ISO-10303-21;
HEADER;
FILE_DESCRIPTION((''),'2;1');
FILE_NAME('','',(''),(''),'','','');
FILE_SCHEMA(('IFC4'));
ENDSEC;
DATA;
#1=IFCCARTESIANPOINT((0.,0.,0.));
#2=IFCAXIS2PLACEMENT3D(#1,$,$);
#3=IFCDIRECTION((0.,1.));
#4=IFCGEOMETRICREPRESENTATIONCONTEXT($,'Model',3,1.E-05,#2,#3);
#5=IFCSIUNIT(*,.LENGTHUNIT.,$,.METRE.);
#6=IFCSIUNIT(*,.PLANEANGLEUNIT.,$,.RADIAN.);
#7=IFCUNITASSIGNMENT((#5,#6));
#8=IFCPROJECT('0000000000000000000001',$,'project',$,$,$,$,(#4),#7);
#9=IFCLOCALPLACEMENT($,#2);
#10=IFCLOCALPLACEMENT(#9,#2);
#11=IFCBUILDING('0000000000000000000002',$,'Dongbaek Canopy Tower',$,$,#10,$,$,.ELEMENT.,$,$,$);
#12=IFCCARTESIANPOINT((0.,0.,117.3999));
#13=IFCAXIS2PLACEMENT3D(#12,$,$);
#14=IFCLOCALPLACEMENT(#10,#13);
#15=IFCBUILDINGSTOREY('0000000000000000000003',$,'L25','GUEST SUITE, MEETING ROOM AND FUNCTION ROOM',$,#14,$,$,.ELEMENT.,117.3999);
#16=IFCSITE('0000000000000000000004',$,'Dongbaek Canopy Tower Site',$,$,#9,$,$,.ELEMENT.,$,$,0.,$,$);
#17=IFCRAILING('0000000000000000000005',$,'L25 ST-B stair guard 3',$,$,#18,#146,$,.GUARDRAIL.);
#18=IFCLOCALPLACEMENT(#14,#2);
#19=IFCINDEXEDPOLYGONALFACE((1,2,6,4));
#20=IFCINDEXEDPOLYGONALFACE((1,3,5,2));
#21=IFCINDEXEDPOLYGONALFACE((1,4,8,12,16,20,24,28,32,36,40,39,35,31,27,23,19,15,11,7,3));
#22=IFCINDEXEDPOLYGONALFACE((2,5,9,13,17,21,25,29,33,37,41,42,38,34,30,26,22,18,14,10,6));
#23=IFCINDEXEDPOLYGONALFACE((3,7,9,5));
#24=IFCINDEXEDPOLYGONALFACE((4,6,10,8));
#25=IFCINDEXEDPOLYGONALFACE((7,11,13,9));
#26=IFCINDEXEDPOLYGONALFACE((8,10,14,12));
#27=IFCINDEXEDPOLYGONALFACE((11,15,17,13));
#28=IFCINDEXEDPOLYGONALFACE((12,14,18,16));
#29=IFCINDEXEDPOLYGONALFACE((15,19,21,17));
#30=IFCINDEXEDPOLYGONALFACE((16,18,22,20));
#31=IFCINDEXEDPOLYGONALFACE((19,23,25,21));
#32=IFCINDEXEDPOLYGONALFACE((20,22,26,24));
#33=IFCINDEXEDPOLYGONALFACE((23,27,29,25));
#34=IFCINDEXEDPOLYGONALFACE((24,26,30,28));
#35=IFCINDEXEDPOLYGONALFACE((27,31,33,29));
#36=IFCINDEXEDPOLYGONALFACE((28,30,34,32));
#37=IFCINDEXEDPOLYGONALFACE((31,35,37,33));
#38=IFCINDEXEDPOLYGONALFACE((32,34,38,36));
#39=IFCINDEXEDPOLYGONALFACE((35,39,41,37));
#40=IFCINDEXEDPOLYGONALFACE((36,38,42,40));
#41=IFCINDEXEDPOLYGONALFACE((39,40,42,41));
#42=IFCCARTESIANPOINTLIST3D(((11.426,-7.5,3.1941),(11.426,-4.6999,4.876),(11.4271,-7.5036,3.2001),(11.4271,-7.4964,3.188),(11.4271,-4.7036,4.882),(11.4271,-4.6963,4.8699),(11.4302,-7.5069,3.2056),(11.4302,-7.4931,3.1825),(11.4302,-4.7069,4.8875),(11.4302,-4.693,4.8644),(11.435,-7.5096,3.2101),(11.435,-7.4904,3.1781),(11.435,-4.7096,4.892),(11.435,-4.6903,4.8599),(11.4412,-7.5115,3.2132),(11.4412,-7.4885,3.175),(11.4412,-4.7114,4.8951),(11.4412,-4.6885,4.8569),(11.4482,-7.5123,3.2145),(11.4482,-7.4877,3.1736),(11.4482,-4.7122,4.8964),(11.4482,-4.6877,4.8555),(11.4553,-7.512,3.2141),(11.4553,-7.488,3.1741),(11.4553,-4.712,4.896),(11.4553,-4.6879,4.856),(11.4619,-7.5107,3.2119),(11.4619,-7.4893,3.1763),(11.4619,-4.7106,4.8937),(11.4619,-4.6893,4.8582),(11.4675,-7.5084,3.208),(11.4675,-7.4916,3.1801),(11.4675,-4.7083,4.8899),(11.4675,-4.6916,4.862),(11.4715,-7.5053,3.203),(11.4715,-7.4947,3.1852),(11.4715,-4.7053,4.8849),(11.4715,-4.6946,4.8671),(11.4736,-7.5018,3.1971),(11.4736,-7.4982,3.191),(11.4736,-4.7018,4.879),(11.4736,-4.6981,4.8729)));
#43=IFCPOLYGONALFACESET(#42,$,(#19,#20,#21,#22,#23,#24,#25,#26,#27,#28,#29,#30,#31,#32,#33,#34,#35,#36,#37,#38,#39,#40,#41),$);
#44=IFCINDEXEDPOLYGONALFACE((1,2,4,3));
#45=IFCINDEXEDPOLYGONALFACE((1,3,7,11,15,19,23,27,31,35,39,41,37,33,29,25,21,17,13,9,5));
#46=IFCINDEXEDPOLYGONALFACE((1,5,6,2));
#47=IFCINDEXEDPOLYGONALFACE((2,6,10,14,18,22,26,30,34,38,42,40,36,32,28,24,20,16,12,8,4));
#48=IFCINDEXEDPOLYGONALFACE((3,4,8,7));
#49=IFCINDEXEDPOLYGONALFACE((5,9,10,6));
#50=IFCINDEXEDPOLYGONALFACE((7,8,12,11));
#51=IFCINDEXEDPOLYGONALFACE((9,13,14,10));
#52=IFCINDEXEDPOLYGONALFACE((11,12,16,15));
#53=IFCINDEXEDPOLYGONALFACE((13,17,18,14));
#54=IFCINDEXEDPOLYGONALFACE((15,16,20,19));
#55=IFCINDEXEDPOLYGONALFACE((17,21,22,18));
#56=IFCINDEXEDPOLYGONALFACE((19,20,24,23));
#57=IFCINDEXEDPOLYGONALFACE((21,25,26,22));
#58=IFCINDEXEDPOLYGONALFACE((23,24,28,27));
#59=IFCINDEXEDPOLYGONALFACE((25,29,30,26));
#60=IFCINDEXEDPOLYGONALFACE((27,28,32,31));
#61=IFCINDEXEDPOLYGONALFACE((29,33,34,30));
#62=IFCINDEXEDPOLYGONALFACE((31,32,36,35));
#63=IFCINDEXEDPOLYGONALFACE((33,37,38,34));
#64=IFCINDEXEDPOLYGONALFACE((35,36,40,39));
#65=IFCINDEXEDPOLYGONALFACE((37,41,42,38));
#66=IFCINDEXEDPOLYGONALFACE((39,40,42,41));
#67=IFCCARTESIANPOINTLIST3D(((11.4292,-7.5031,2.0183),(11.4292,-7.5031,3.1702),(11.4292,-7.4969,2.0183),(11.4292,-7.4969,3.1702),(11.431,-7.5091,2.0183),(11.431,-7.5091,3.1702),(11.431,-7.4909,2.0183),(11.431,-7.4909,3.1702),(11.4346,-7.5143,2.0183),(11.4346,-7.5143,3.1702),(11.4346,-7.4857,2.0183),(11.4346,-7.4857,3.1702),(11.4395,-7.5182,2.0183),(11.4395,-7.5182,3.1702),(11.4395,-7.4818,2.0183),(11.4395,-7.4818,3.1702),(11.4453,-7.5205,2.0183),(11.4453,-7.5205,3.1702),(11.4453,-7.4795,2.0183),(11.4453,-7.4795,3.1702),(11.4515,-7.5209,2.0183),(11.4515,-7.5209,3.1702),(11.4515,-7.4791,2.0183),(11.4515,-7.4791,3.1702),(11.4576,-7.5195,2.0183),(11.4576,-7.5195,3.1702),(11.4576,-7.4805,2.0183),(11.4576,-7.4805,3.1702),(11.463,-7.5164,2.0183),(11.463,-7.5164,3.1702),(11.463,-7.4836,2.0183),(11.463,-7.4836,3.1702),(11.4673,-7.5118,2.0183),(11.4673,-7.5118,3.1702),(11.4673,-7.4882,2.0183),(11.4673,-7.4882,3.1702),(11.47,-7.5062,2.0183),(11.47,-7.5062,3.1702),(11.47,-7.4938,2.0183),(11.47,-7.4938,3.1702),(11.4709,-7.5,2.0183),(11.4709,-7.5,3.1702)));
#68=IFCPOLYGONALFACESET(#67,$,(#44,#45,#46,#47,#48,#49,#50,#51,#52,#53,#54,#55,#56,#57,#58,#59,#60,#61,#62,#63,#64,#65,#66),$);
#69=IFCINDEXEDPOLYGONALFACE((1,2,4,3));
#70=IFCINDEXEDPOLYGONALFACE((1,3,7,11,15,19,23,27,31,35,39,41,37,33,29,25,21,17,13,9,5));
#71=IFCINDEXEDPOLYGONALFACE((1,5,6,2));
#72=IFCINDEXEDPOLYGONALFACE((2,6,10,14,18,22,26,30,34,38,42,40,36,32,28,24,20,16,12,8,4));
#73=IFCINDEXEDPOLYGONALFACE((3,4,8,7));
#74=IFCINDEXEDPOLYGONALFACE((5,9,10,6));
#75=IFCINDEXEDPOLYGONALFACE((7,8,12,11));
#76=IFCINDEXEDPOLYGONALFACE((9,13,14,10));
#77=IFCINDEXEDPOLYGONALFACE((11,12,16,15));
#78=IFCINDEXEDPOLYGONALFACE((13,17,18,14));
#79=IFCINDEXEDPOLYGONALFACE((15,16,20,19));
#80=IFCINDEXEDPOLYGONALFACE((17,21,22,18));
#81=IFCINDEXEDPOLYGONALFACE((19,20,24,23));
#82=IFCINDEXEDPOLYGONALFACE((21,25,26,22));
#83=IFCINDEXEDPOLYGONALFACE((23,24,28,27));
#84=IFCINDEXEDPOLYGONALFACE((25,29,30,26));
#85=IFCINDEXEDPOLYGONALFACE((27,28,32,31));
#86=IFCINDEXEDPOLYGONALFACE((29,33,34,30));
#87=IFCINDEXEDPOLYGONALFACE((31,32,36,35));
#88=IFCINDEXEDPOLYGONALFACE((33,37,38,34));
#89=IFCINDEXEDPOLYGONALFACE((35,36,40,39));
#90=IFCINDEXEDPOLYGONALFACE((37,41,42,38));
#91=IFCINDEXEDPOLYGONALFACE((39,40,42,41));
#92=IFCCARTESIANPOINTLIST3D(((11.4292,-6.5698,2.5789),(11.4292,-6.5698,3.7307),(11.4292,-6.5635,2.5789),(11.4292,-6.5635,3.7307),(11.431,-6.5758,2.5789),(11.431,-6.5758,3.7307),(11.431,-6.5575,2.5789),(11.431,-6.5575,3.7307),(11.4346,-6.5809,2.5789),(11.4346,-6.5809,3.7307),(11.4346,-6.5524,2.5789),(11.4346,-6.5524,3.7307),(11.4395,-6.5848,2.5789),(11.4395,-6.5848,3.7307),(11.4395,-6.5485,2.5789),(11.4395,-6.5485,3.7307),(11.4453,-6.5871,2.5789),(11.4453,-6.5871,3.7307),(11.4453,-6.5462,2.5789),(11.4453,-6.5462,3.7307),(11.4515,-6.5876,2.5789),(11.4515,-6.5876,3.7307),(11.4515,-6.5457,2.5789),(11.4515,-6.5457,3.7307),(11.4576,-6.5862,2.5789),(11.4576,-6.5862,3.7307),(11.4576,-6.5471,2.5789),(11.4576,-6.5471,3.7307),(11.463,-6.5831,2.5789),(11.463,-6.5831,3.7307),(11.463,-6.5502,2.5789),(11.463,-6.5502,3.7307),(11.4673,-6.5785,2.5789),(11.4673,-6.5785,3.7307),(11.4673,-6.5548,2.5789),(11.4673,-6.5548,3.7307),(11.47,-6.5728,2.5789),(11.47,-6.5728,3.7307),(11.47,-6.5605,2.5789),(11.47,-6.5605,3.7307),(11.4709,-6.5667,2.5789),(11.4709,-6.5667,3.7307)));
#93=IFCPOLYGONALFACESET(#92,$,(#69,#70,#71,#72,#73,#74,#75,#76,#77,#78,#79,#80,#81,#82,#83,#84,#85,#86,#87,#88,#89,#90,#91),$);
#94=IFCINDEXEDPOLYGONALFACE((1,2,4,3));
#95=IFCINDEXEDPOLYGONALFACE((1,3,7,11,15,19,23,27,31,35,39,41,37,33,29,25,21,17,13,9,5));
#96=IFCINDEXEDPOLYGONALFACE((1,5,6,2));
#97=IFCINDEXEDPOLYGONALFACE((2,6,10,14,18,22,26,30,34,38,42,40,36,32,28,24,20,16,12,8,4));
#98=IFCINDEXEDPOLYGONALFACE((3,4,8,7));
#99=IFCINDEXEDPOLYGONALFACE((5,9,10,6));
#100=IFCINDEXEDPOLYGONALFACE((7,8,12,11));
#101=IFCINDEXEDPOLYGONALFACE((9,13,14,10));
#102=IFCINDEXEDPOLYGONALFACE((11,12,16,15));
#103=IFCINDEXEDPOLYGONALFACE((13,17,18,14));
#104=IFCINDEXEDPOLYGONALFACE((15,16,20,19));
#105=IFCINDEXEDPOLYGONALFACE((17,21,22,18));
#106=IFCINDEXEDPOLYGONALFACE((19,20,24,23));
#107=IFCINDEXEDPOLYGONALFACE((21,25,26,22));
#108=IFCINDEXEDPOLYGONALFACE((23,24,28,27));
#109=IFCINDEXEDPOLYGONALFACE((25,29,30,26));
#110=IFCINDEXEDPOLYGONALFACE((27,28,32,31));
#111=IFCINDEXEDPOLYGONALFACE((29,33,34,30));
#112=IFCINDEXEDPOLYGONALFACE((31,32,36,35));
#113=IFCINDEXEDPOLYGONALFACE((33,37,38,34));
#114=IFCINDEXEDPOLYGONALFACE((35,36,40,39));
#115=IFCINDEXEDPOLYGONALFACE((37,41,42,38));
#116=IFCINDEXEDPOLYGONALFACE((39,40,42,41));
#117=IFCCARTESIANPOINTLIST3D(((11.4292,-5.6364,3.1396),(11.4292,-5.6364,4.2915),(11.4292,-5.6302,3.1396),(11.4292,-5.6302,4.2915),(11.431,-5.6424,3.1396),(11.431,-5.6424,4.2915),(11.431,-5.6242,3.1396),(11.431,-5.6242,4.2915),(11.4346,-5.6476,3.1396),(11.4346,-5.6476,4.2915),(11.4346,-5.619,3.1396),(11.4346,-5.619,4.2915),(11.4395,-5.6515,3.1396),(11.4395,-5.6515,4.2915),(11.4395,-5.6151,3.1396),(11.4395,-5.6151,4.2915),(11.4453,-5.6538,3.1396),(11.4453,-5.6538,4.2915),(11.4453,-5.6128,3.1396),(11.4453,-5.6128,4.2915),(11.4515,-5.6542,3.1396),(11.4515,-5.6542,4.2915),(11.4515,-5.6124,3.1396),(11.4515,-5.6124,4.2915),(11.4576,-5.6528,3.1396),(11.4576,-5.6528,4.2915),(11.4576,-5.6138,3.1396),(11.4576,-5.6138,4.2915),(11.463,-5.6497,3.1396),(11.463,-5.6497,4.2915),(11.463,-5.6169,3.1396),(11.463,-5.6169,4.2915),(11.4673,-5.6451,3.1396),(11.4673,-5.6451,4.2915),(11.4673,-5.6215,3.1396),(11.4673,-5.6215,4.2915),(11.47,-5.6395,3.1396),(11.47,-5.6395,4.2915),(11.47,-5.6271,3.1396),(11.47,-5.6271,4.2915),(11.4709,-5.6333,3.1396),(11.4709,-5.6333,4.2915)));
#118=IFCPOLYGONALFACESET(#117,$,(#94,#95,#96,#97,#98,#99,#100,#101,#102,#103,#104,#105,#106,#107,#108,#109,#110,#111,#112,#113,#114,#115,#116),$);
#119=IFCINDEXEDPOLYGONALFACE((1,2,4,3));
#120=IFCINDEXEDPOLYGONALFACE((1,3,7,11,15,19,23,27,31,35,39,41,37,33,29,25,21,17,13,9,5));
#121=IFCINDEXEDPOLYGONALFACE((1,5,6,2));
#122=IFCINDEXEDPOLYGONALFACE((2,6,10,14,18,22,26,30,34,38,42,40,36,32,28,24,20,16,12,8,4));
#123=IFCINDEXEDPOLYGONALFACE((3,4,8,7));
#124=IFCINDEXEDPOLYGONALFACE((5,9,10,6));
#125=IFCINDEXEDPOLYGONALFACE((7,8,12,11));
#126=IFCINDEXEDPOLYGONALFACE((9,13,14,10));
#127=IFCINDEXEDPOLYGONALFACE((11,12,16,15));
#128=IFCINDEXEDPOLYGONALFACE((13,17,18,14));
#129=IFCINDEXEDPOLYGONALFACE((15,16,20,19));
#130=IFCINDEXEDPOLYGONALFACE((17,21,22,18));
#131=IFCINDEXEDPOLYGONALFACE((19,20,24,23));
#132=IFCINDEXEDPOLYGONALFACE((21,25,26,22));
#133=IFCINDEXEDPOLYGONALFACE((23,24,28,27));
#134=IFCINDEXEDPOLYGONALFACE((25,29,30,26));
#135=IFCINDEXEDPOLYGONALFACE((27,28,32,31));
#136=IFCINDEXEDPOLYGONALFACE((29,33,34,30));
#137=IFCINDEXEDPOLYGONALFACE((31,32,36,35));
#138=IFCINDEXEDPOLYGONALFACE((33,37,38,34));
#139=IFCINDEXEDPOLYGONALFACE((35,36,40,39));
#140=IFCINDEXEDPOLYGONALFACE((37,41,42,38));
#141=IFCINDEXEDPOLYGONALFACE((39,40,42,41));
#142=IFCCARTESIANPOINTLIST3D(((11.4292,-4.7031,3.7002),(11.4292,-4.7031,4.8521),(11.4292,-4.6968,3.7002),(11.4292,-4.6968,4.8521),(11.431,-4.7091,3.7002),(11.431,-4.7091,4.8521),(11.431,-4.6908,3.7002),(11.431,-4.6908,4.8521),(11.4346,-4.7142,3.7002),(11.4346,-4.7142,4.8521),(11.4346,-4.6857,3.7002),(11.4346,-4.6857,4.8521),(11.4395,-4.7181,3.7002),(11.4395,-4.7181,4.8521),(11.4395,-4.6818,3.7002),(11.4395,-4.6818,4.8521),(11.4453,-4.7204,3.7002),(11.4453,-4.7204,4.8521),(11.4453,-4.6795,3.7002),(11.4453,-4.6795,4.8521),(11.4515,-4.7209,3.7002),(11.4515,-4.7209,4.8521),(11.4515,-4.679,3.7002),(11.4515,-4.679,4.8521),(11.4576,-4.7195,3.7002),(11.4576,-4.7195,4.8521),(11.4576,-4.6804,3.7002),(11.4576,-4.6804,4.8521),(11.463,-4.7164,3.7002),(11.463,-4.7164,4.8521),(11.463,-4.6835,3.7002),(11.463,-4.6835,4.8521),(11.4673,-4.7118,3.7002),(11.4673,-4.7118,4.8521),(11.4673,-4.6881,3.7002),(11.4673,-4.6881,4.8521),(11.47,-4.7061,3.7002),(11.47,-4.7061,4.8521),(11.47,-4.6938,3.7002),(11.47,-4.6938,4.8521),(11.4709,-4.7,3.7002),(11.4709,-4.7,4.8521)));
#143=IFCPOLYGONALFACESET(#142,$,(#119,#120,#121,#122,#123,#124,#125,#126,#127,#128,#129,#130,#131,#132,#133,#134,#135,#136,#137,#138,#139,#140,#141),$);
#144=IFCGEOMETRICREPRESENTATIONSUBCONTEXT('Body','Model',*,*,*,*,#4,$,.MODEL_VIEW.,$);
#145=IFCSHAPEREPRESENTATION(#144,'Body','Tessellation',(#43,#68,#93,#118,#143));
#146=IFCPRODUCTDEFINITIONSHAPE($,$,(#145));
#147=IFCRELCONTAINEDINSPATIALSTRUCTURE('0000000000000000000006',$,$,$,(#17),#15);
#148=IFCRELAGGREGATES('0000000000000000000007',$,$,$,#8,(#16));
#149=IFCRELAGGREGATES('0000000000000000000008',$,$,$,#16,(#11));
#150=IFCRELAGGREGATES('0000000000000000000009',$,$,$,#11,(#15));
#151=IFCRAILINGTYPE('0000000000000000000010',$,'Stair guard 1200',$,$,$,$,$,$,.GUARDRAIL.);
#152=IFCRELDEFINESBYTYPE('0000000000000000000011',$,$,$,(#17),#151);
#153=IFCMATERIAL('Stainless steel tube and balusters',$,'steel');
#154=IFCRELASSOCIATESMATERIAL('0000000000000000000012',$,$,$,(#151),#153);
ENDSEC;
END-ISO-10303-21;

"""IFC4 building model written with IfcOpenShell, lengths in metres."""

from ifc_helpers import new_model, si_unit, direction, frame, origin, origin_2d, place, context, subcontext, project, spatial, circle, extrude, material, type_object, element, save


model = new_model("IFC4")

# Units and contexts
model_context = context("Model", 3, precision=1e-05, world=origin(), true_north=direction((0.0, 1.0)))
body_context = subcontext(model_context, "Body", "Model", "MODEL_VIEW")
ifc_project = project(units=[si_unit("LENGTHUNIT", "METRE"), si_unit("PLANEANGLEUNIT", "RADIAN")], contexts=[model_context])

# Site, building, storey
site_placement = place(None, origin())
site = spatial("IfcSite", under=ifc_project, at=site_placement, Name="Dongbaek Canopy Tower Site", CompositionType="ELEMENT", RefElevation=0.0)
building_placement = place(site_placement, origin())
building = spatial("IfcBuilding", under=site, at=building_placement, Name="Dongbaek Canopy Tower", CompositionType="ELEMENT")
storey_placement = place(building_placement, frame((0.0, 0.0, 117.3999)))
storey = spatial("IfcBuildingStorey", under=building, at=storey_placement, Name="L25", Description="GUEST SUITE, MEETING ROOM AND FUNCTION ROOM", CompositionType="ELEMENT", Elevation=117.3999)

# Railing
ifc_material_1 = material(Name="Stainless steel tube and balusters", Category="steel")
railing_type_1 = type_object("IfcRailingType", Name="Stair guard 1200", PredefinedType="GUARDRAIL", material=ifc_material_1)
railing_1_placement = place(storey_placement, frame((11.45, -7.5, 2.0183)))
element("IfcRailing", 1, at=railing_1_placement, inside=storey, type_object=railing_type_1, Name="L25 ST-B stair guard 3", PredefinedType="GUARDRAIL", context=body_context, shape_type="SweptSolid", body=[
    extrude(circle(Radius=0.0239, at=origin_2d()), frame((0.0, 0.0, 1.1758), z_axis=(0.0, 0.857242, 0.514913), x_axis=(-1.0, 0.0, 0.0)), (0.0, 0.0, 1.0), 3.2664),
    extrude(circle(Radius=0.021, at=origin_2d()), origin(), (0.0, 0.0, 1.0), 1.1519),
    extrude(circle(Radius=0.021, at=origin_2d()), frame((0.0, 0.9333, 0.5605)), (0.0, 0.0, 1.0), 1.1519),
    extrude(circle(Radius=0.021, at=origin_2d()), frame((0.0, 1.8667, 1.1213)), (0.0, 0.0, 1.0), 1.1519),
    extrude(circle(Radius=0.021, at=origin_2d()), frame((0.0, 2.8, 1.6819)), (0.0, 0.0, 1.0), 1.1519),
])

save(model, "model.ifc")
